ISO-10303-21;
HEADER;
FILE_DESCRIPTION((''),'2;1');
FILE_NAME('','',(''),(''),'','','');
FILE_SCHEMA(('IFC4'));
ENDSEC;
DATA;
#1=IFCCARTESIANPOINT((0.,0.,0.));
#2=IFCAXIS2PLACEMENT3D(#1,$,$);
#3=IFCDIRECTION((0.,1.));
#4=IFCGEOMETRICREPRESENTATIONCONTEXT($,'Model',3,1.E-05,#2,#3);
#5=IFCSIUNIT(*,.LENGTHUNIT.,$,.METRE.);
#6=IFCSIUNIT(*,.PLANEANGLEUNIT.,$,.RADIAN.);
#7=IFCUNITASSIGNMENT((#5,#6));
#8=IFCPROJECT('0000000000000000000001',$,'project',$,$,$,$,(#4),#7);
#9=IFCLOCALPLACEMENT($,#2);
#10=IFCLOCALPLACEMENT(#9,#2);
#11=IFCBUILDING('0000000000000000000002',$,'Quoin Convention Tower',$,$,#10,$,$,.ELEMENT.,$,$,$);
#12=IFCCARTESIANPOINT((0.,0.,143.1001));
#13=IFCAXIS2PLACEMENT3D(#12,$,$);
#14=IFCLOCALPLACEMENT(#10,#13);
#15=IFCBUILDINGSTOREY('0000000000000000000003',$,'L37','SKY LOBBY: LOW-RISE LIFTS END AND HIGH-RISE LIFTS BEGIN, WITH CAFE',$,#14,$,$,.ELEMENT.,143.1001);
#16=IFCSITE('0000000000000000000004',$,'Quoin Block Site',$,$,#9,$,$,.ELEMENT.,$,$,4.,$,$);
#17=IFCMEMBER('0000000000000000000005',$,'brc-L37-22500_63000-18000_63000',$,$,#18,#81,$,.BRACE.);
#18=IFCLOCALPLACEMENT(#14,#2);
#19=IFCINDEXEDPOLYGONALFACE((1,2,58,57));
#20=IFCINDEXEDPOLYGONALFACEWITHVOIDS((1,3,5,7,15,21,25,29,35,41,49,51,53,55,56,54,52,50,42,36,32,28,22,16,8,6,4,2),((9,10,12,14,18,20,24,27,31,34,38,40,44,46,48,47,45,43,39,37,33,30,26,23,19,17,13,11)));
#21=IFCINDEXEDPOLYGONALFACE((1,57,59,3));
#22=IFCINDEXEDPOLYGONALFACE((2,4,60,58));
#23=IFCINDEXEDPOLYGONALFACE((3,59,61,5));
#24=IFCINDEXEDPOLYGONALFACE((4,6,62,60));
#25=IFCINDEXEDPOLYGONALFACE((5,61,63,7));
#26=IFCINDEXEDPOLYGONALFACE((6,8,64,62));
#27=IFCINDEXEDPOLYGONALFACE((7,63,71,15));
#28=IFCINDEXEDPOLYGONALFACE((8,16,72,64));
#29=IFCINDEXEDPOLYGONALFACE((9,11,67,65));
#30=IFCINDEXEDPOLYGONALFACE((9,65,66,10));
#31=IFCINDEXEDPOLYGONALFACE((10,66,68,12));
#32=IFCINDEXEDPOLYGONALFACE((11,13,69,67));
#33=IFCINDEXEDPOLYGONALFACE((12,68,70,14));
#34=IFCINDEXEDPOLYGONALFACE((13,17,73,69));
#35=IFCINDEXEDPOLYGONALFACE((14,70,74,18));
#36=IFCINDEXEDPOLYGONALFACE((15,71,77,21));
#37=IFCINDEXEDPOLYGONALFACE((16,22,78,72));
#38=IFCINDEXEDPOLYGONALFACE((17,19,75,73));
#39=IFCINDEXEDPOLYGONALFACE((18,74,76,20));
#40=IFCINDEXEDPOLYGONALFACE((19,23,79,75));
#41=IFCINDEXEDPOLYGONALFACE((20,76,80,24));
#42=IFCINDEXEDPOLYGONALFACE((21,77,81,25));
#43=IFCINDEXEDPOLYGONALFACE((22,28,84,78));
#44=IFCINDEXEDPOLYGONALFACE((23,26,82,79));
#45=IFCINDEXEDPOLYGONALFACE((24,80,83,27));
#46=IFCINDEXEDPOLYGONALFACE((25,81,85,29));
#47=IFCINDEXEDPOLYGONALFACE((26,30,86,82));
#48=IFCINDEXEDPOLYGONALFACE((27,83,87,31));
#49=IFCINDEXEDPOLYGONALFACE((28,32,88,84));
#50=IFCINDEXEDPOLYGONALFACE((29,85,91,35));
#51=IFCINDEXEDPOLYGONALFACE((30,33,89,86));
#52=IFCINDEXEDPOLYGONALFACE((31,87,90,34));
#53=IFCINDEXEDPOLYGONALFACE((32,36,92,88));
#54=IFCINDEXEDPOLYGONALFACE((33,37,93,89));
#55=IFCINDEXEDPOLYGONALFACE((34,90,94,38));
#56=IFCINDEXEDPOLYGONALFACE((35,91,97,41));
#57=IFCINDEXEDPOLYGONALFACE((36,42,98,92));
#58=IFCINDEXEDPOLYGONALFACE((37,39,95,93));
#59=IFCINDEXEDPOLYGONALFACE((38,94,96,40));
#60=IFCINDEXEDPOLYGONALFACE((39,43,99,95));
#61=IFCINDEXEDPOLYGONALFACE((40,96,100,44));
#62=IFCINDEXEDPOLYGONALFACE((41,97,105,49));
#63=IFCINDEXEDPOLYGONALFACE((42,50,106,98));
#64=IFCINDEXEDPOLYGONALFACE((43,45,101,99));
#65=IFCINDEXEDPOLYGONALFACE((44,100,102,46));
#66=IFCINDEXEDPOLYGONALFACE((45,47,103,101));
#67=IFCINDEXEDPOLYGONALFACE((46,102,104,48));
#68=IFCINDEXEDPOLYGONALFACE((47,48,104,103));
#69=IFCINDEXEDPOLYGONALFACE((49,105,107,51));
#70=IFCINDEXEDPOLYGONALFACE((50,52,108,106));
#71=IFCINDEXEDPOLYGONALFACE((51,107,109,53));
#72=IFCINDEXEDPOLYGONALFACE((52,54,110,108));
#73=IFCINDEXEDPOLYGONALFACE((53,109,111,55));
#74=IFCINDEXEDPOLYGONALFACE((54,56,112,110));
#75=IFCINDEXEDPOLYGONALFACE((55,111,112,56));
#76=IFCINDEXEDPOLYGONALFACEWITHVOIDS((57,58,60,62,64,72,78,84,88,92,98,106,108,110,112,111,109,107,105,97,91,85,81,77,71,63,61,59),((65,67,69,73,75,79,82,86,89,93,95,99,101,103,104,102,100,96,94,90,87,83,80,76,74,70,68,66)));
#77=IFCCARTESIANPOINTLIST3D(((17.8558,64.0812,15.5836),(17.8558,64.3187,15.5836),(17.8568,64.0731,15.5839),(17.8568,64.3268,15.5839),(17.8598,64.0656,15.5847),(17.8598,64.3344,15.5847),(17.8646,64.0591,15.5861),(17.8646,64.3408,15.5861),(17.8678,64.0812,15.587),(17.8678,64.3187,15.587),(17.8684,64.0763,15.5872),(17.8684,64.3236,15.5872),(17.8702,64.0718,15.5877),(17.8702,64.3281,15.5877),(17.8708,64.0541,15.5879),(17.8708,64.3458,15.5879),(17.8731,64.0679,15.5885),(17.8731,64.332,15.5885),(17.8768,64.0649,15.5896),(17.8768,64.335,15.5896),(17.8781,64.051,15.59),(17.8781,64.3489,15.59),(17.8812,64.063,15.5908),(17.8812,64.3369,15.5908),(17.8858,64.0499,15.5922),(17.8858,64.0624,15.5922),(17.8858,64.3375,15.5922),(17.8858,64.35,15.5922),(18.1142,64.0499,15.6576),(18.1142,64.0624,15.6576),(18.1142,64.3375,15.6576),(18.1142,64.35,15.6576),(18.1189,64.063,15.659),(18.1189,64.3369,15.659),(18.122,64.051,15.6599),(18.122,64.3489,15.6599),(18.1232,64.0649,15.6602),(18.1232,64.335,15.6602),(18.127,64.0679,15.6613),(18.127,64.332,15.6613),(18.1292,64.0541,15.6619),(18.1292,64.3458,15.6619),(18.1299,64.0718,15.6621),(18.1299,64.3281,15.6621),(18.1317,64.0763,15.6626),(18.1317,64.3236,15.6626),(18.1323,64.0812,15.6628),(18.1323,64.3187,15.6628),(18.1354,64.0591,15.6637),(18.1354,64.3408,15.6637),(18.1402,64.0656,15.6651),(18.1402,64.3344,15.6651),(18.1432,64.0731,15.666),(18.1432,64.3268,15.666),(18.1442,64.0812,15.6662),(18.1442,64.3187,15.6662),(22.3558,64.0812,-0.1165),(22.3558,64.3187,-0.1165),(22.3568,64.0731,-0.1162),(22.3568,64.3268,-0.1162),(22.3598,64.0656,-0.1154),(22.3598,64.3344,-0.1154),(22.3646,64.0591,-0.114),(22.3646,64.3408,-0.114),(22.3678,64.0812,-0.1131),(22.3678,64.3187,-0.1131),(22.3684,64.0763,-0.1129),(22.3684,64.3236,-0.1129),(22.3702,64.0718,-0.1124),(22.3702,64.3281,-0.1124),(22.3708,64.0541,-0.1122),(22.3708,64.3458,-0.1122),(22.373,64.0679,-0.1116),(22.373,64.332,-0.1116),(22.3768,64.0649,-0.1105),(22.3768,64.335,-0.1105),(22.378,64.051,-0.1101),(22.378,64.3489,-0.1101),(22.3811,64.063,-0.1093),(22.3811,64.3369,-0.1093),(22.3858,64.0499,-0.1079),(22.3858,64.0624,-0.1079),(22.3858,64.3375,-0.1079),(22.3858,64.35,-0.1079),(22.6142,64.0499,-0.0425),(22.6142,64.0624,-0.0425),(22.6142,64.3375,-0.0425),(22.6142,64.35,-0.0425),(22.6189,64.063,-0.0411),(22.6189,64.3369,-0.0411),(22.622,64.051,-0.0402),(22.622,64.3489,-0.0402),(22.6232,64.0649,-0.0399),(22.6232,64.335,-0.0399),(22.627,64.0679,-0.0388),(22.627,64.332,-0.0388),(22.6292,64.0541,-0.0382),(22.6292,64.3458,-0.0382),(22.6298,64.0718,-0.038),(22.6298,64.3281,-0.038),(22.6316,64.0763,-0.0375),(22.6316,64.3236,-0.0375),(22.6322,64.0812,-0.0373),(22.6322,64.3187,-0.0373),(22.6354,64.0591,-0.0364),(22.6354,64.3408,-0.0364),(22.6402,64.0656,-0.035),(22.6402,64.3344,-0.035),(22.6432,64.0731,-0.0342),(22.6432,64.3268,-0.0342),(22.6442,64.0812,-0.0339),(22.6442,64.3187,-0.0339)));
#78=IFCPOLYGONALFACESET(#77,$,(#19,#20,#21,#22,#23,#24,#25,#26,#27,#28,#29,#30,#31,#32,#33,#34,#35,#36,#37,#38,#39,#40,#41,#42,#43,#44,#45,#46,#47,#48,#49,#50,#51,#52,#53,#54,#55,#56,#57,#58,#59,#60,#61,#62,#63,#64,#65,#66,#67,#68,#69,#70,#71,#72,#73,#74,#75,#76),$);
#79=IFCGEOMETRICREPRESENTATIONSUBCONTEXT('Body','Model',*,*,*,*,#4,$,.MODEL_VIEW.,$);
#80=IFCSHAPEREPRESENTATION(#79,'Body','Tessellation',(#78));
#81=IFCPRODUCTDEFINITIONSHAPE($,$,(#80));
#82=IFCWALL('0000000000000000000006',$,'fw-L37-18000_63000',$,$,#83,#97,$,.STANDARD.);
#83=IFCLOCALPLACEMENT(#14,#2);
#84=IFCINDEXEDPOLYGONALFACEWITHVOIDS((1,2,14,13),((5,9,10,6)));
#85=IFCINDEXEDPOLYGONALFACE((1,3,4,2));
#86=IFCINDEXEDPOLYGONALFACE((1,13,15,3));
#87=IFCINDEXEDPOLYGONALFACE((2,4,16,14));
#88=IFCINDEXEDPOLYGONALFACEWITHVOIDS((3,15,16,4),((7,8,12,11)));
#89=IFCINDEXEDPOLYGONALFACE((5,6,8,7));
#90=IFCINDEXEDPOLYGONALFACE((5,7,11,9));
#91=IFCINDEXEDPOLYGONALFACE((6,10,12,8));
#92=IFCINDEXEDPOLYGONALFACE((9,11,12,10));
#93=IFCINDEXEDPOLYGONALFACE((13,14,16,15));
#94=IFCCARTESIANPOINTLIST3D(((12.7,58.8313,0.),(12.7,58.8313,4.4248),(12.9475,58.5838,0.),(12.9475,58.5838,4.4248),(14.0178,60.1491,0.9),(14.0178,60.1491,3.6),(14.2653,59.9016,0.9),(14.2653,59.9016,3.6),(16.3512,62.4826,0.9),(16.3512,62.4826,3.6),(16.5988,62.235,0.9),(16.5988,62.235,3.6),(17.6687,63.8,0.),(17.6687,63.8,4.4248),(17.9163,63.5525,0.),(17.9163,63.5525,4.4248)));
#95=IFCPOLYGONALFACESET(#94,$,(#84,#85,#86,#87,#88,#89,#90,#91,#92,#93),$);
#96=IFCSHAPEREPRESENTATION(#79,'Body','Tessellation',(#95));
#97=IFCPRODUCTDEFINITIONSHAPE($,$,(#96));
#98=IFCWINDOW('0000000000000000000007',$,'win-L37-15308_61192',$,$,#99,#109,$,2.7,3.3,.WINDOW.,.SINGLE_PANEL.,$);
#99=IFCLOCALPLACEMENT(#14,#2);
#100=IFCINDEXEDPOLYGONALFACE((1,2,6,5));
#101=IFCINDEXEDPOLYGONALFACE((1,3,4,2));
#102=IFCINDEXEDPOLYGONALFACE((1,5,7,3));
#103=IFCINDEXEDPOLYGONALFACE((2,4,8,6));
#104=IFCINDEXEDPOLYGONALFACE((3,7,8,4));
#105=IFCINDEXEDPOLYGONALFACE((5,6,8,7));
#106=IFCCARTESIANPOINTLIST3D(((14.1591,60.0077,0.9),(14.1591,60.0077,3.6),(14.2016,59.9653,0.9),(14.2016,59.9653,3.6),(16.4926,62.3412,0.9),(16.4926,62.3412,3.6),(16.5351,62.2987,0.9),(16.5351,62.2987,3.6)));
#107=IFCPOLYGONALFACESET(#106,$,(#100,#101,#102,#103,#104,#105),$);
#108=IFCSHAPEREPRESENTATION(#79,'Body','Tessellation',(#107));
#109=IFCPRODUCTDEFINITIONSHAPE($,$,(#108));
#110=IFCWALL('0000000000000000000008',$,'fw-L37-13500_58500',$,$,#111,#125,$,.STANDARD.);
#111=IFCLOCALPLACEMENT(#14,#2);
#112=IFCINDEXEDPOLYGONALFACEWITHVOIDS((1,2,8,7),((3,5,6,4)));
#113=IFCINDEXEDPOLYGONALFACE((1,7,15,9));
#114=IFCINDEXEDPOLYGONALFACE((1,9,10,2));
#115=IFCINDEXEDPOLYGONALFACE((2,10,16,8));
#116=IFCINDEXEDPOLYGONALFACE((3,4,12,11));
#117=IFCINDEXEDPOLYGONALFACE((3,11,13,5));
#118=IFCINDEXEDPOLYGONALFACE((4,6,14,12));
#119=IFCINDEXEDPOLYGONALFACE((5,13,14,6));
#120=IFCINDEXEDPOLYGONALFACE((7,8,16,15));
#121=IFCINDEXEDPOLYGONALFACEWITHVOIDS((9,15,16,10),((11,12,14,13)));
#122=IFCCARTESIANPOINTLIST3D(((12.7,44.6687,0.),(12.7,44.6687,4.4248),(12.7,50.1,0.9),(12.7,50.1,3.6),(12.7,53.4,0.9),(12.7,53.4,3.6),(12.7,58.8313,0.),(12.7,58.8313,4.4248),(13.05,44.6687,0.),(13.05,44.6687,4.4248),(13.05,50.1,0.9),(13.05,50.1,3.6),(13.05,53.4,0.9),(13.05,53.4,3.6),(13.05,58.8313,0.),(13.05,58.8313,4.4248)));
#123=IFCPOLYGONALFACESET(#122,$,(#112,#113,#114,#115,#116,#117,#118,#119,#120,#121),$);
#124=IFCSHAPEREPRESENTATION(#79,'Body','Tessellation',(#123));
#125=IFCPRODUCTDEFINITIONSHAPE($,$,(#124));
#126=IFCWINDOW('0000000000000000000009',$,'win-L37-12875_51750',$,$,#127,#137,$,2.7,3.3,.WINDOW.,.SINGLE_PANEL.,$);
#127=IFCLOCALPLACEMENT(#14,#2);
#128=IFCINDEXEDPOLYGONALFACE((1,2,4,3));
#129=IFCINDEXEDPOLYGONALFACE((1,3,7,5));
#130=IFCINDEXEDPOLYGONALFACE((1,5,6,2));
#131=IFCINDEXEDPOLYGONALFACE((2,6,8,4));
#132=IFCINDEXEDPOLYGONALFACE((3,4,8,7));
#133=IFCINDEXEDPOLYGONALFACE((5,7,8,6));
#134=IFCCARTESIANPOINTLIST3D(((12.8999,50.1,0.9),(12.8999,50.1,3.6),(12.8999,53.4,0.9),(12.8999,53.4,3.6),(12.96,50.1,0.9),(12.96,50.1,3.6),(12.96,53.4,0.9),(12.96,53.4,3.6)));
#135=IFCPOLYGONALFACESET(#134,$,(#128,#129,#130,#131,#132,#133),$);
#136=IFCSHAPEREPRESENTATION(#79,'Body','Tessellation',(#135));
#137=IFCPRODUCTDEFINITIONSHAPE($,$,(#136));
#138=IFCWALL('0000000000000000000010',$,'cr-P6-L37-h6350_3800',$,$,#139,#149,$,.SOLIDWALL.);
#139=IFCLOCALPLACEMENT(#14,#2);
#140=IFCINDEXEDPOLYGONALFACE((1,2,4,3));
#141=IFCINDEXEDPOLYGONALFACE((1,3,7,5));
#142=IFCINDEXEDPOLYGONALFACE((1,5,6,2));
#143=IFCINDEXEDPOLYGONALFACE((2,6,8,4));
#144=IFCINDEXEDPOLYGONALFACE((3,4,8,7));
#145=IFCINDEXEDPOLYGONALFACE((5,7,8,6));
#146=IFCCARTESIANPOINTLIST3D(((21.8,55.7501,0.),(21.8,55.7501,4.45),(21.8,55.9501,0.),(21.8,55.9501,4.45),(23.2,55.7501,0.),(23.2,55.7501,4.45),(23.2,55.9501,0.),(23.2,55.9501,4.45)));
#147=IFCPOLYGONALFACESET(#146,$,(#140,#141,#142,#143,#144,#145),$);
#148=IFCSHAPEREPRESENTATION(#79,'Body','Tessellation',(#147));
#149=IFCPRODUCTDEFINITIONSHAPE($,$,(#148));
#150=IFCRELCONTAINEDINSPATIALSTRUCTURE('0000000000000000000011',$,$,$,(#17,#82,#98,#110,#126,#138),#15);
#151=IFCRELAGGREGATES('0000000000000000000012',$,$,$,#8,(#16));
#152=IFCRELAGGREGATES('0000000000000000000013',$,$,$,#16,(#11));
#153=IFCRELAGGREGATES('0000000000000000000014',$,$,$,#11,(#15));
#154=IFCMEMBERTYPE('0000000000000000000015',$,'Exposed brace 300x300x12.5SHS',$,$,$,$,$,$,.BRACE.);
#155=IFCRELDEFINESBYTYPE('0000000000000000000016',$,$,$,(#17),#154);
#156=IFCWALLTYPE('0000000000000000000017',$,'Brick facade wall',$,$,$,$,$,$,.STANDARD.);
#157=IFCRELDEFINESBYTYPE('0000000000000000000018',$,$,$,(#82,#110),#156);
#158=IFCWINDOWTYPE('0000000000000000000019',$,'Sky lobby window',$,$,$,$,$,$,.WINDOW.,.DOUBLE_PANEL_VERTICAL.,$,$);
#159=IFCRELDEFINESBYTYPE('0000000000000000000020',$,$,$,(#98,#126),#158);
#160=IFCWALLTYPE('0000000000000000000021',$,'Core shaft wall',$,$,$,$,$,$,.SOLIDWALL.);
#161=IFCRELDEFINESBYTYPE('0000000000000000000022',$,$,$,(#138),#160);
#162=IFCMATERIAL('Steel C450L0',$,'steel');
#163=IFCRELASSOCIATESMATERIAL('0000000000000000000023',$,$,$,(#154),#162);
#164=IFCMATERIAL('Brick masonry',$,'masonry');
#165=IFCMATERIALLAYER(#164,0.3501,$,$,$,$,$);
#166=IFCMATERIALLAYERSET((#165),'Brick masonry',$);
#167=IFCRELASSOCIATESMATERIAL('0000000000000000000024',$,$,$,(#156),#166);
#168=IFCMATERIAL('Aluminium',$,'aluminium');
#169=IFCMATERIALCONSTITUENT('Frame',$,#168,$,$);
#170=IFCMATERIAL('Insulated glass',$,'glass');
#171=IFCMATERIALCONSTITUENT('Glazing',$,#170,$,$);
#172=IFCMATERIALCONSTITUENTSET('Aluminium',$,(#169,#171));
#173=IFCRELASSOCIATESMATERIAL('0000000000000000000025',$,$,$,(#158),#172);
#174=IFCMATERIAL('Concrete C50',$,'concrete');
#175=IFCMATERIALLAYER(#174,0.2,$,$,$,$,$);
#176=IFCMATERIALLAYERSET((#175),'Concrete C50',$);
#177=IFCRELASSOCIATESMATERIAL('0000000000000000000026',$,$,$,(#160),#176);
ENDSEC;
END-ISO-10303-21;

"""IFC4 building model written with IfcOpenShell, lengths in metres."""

from ifc_helpers import new_model, si_unit, direction, frame, frame_2d, origin, origin_2d, place, context, subcontext, project, spatial, rectangle, hollow_rectangle, extrude, material, layer, layer_set, constituent, constituent_set, material_profile, profile_set, type_object, element, fill, save


model = new_model("IFC4")

# Units and contexts
model_context = context("Model", 3, precision=1e-05, world=origin(), true_north=direction((0.0, 1.0)))
body_context = subcontext(model_context, "Body", "Model", "MODEL_VIEW")
ifc_project = project(units=[si_unit("LENGTHUNIT", "METRE"), si_unit("PLANEANGLEUNIT", "RADIAN")], contexts=[model_context])

# Site, building, storey
site_placement = place(None, origin())
site = spatial("IfcSite", under=ifc_project, at=site_placement, Name="Quoin Block Site", CompositionType="ELEMENT", RefElevation=4.0)
building_placement = place(site_placement, origin())
building = spatial("IfcBuilding", under=site, at=building_placement, Name="Quoin Convention Tower", CompositionType="ELEMENT")
storey_placement = place(building_placement, frame((0.0, 0.0, 143.1001)))
storey = spatial("IfcBuildingStorey", under=building, at=storey_placement, Name="L37", Description="SKY LOBBY: LOW-RISE LIFTS END AND HIGH-RISE LIFTS BEGIN, WITH CAFE", CompositionType="ELEMENT", Elevation=143.1001)

# Shared definitions
ifc_material_1 = material(Name="Concrete C50", Category="concrete")

# Member
ifc_material_2 = material(Name="Steel C450L0", Category="steel")
ifc_material_profile_1 = material_profile(ifc_material_2, hollow_rectangle(XDim=0.3, YDim=0.3, WallThickness=0.0125, InnerFilletRadius=0.0188, OuterFilletRadius=0.0312, at=origin_2d()), Name="300x300x12.5SHS")
ifc_profile_set_1 = profile_set([ifc_material_profile_1], Name="Steel C450L0")
member_type = type_object("IfcMemberType", Name="Exposed brace 300x300x12.5SHS", PredefinedType="BRACE", material=ifc_profile_set_1)
for number, where, z_axis, x_axis, name in (
    (1, (22.5, 64.2, -0.0752), (-0.275527, 0.0, 0.961293), (0.0, -1.0, 0.0), "brc-L37-22500_63000-18000_63000"),
):
    element("IfcMember", number, at=place(storey_placement, frame(where, z_axis=z_axis, x_axis=x_axis)), inside=storey, type_object=member_type, Name=name, PredefinedType="BRACE", context=body_context, shape_type="SweptSolid", body=[
        extrude(hollow_rectangle(XDim=0.3, YDim=0.3, WallThickness=0.0125, InnerFilletRadius=0.0188, OuterFilletRadius=0.0312, at=origin_2d()), origin(), (0.0, 0.0, 1.0), 16.3323),
    ])

# Walls, openings, windows
ifc_material_3 = material(Name="Brick masonry", Category="masonry")
ifc_layer_1 = layer(ifc_material_3, 0.3501)
ifc_layer_set_1 = layer_set([ifc_layer_1], Name="Brick masonry")
wall_type_1 = type_object("IfcWallType", Name="Brick facade wall", PredefinedType="STANDARD", material=ifc_layer_set_1)
wall_1_placement = place(storey_placement, frame((17.7925, 63.6763, 0.0), z_axis=(0.0, 0.0, 1.0), x_axis=(-0.707107, -0.707107, 0.0)))
wall_1 = element("IfcWall", 2, at=wall_1_placement, inside=storey, type_object=wall_type_1, Name="fw-L37-18000_63000", PredefinedType="STANDARD", context=body_context, shape_type="SweptSolid", body=[
    extrude(rectangle(XDim=7.0269, YDim=0.3501, at=frame_2d((3.5134, 0.0))), origin(), (0.0, 0.0, 1.0), 4.4248),
])
opening_1_placement = place(wall_1_placement, frame((1.8633, 0.0, 0.8999)))
opening_1 = element("IfcOpeningElement", 3, at=opening_1_placement, cuts=wall_1, PredefinedType="OPENING", context=body_context, shape_type="SweptSolid", body=[
    extrude(rectangle(XDim=3.3, YDim=2.7, at=frame_2d((1.6499, 1.3501))), frame((0.0, 0.1851, 0.0), z_axis=(0.0, -1.0, 0.0), x_axis=(1.0, 0.0, 0.0)), (0.0, 0.0, 1.0), 0.3701),
])
ifc_material_4 = material(Name="Aluminium", Category="aluminium")
ifc_constituent_1 = constituent(ifc_material_4, Name="Frame")
ifc_material_5 = material(Name="Insulated glass", Category="glass")
ifc_constituent_2 = constituent(ifc_material_5, Name="Glazing")
ifc_constituent_set = constituent_set(constituents=[ifc_constituent_1, ifc_constituent_2], Name="Aluminium")
window_type = type_object("IfcWindowType", Name="Sky lobby window", PartitioningType="DOUBLE_PANEL_VERTICAL", PredefinedType="WINDOW", material=ifc_constituent_set)
window_1_placement = place(opening_1_placement, origin())
window_1 = element("IfcWindow", 4, at=window_1_placement, inside=storey, type_object=window_type, Name="win-L37-15308_61192", OverallHeight=2.7, OverallWidth=3.3, PartitioningType="SINGLE_PANEL", PredefinedType="WINDOW", context=body_context, shape_type="SweptSolid", body=[
    extrude(rectangle(XDim=3.3, YDim=2.7, at=frame_2d((1.6499, 1.3501))), frame((0.0, 0.085, 0.0), z_axis=(0.0, -1.0, 0.0), x_axis=(1.0, 0.0, 0.0)), (0.0, 0.0, 1.0), 0.0601),
])
fill(opening_1, window_1)
wall_2_placement = place(storey_placement, frame((12.875, 58.8313, 0.0), z_axis=(0.0, 0.0, 1.0), x_axis=(0.0, -1.0, 0.0)))
wall_2 = element("IfcWall", 5, at=wall_2_placement, inside=storey, type_object=wall_type_1, Name="fw-L37-13500_58500", PredefinedType="STANDARD", context=body_context, shape_type="SweptSolid", body=[
    extrude(rectangle(XDim=14.1626, YDim=0.3501, at=frame_2d((7.0813, 0.0))), origin(), (0.0, 0.0, 1.0), 4.4248),
])
opening_2_placement = place(wall_2_placement, frame((5.4314, 0.0, 0.8999)))
opening_2 = element("IfcOpeningElement", 6, at=opening_2_placement, cuts=wall_2, PredefinedType="OPENING", context=body_context, shape_type="SweptSolid", body=[
    extrude(rectangle(XDim=3.3, YDim=2.7, at=frame_2d((1.6499, 1.3501))), frame((0.0, 0.1851, 0.0), z_axis=(0.0, -1.0, 0.0), x_axis=(1.0, 0.0, 0.0)), (0.0, 0.0, 1.0), 0.3701),
])
window_2_placement = place(opening_2_placement, origin())
window_2 = element("IfcWindow", 7, at=window_2_placement, inside=storey, type_object=window_type, Name="win-L37-12875_51750", OverallHeight=2.7, OverallWidth=3.3, PartitioningType="SINGLE_PANEL", PredefinedType="WINDOW", context=body_context, shape_type="SweptSolid", body=[
    extrude(rectangle(XDim=3.3, YDim=2.7, at=frame_2d((1.6499, 1.3501))), frame((0.0, 0.085, 0.0), z_axis=(0.0, -1.0, 0.0), x_axis=(1.0, 0.0, 0.0)), (0.0, 0.0, 1.0), 0.0601),
])
fill(opening_2, window_2)

# Wall
ifc_layer_2 = layer(ifc_material_1, 0.2)
ifc_layer_set_2 = layer_set([ifc_layer_2], Name="Concrete C50")
wall_type_2 = type_object("IfcWallType", Name="Core shaft wall", PredefinedType="SOLIDWALL", material=ifc_layer_set_2)
wall_3_placement = place(storey_placement, frame((21.8, 55.8501, 0.0), z_axis=(0.0, 0.0, 1.0), x_axis=(1.0, 0.0, 0.0)))
element("IfcWall", 8, at=wall_3_placement, inside=storey, type_object=wall_type_2, Name="cr-P6-L37-h6350_3800", PredefinedType="SOLIDWALL", context=body_context, shape_type="SweptSolid", body=[
    extrude(rectangle(XDim=1.3999, YDim=0.2, at=frame_2d((0.7, 0.0))), origin(), (0.0, 0.0, 1.0), 4.45),
])

save(model, "model.ifc")
